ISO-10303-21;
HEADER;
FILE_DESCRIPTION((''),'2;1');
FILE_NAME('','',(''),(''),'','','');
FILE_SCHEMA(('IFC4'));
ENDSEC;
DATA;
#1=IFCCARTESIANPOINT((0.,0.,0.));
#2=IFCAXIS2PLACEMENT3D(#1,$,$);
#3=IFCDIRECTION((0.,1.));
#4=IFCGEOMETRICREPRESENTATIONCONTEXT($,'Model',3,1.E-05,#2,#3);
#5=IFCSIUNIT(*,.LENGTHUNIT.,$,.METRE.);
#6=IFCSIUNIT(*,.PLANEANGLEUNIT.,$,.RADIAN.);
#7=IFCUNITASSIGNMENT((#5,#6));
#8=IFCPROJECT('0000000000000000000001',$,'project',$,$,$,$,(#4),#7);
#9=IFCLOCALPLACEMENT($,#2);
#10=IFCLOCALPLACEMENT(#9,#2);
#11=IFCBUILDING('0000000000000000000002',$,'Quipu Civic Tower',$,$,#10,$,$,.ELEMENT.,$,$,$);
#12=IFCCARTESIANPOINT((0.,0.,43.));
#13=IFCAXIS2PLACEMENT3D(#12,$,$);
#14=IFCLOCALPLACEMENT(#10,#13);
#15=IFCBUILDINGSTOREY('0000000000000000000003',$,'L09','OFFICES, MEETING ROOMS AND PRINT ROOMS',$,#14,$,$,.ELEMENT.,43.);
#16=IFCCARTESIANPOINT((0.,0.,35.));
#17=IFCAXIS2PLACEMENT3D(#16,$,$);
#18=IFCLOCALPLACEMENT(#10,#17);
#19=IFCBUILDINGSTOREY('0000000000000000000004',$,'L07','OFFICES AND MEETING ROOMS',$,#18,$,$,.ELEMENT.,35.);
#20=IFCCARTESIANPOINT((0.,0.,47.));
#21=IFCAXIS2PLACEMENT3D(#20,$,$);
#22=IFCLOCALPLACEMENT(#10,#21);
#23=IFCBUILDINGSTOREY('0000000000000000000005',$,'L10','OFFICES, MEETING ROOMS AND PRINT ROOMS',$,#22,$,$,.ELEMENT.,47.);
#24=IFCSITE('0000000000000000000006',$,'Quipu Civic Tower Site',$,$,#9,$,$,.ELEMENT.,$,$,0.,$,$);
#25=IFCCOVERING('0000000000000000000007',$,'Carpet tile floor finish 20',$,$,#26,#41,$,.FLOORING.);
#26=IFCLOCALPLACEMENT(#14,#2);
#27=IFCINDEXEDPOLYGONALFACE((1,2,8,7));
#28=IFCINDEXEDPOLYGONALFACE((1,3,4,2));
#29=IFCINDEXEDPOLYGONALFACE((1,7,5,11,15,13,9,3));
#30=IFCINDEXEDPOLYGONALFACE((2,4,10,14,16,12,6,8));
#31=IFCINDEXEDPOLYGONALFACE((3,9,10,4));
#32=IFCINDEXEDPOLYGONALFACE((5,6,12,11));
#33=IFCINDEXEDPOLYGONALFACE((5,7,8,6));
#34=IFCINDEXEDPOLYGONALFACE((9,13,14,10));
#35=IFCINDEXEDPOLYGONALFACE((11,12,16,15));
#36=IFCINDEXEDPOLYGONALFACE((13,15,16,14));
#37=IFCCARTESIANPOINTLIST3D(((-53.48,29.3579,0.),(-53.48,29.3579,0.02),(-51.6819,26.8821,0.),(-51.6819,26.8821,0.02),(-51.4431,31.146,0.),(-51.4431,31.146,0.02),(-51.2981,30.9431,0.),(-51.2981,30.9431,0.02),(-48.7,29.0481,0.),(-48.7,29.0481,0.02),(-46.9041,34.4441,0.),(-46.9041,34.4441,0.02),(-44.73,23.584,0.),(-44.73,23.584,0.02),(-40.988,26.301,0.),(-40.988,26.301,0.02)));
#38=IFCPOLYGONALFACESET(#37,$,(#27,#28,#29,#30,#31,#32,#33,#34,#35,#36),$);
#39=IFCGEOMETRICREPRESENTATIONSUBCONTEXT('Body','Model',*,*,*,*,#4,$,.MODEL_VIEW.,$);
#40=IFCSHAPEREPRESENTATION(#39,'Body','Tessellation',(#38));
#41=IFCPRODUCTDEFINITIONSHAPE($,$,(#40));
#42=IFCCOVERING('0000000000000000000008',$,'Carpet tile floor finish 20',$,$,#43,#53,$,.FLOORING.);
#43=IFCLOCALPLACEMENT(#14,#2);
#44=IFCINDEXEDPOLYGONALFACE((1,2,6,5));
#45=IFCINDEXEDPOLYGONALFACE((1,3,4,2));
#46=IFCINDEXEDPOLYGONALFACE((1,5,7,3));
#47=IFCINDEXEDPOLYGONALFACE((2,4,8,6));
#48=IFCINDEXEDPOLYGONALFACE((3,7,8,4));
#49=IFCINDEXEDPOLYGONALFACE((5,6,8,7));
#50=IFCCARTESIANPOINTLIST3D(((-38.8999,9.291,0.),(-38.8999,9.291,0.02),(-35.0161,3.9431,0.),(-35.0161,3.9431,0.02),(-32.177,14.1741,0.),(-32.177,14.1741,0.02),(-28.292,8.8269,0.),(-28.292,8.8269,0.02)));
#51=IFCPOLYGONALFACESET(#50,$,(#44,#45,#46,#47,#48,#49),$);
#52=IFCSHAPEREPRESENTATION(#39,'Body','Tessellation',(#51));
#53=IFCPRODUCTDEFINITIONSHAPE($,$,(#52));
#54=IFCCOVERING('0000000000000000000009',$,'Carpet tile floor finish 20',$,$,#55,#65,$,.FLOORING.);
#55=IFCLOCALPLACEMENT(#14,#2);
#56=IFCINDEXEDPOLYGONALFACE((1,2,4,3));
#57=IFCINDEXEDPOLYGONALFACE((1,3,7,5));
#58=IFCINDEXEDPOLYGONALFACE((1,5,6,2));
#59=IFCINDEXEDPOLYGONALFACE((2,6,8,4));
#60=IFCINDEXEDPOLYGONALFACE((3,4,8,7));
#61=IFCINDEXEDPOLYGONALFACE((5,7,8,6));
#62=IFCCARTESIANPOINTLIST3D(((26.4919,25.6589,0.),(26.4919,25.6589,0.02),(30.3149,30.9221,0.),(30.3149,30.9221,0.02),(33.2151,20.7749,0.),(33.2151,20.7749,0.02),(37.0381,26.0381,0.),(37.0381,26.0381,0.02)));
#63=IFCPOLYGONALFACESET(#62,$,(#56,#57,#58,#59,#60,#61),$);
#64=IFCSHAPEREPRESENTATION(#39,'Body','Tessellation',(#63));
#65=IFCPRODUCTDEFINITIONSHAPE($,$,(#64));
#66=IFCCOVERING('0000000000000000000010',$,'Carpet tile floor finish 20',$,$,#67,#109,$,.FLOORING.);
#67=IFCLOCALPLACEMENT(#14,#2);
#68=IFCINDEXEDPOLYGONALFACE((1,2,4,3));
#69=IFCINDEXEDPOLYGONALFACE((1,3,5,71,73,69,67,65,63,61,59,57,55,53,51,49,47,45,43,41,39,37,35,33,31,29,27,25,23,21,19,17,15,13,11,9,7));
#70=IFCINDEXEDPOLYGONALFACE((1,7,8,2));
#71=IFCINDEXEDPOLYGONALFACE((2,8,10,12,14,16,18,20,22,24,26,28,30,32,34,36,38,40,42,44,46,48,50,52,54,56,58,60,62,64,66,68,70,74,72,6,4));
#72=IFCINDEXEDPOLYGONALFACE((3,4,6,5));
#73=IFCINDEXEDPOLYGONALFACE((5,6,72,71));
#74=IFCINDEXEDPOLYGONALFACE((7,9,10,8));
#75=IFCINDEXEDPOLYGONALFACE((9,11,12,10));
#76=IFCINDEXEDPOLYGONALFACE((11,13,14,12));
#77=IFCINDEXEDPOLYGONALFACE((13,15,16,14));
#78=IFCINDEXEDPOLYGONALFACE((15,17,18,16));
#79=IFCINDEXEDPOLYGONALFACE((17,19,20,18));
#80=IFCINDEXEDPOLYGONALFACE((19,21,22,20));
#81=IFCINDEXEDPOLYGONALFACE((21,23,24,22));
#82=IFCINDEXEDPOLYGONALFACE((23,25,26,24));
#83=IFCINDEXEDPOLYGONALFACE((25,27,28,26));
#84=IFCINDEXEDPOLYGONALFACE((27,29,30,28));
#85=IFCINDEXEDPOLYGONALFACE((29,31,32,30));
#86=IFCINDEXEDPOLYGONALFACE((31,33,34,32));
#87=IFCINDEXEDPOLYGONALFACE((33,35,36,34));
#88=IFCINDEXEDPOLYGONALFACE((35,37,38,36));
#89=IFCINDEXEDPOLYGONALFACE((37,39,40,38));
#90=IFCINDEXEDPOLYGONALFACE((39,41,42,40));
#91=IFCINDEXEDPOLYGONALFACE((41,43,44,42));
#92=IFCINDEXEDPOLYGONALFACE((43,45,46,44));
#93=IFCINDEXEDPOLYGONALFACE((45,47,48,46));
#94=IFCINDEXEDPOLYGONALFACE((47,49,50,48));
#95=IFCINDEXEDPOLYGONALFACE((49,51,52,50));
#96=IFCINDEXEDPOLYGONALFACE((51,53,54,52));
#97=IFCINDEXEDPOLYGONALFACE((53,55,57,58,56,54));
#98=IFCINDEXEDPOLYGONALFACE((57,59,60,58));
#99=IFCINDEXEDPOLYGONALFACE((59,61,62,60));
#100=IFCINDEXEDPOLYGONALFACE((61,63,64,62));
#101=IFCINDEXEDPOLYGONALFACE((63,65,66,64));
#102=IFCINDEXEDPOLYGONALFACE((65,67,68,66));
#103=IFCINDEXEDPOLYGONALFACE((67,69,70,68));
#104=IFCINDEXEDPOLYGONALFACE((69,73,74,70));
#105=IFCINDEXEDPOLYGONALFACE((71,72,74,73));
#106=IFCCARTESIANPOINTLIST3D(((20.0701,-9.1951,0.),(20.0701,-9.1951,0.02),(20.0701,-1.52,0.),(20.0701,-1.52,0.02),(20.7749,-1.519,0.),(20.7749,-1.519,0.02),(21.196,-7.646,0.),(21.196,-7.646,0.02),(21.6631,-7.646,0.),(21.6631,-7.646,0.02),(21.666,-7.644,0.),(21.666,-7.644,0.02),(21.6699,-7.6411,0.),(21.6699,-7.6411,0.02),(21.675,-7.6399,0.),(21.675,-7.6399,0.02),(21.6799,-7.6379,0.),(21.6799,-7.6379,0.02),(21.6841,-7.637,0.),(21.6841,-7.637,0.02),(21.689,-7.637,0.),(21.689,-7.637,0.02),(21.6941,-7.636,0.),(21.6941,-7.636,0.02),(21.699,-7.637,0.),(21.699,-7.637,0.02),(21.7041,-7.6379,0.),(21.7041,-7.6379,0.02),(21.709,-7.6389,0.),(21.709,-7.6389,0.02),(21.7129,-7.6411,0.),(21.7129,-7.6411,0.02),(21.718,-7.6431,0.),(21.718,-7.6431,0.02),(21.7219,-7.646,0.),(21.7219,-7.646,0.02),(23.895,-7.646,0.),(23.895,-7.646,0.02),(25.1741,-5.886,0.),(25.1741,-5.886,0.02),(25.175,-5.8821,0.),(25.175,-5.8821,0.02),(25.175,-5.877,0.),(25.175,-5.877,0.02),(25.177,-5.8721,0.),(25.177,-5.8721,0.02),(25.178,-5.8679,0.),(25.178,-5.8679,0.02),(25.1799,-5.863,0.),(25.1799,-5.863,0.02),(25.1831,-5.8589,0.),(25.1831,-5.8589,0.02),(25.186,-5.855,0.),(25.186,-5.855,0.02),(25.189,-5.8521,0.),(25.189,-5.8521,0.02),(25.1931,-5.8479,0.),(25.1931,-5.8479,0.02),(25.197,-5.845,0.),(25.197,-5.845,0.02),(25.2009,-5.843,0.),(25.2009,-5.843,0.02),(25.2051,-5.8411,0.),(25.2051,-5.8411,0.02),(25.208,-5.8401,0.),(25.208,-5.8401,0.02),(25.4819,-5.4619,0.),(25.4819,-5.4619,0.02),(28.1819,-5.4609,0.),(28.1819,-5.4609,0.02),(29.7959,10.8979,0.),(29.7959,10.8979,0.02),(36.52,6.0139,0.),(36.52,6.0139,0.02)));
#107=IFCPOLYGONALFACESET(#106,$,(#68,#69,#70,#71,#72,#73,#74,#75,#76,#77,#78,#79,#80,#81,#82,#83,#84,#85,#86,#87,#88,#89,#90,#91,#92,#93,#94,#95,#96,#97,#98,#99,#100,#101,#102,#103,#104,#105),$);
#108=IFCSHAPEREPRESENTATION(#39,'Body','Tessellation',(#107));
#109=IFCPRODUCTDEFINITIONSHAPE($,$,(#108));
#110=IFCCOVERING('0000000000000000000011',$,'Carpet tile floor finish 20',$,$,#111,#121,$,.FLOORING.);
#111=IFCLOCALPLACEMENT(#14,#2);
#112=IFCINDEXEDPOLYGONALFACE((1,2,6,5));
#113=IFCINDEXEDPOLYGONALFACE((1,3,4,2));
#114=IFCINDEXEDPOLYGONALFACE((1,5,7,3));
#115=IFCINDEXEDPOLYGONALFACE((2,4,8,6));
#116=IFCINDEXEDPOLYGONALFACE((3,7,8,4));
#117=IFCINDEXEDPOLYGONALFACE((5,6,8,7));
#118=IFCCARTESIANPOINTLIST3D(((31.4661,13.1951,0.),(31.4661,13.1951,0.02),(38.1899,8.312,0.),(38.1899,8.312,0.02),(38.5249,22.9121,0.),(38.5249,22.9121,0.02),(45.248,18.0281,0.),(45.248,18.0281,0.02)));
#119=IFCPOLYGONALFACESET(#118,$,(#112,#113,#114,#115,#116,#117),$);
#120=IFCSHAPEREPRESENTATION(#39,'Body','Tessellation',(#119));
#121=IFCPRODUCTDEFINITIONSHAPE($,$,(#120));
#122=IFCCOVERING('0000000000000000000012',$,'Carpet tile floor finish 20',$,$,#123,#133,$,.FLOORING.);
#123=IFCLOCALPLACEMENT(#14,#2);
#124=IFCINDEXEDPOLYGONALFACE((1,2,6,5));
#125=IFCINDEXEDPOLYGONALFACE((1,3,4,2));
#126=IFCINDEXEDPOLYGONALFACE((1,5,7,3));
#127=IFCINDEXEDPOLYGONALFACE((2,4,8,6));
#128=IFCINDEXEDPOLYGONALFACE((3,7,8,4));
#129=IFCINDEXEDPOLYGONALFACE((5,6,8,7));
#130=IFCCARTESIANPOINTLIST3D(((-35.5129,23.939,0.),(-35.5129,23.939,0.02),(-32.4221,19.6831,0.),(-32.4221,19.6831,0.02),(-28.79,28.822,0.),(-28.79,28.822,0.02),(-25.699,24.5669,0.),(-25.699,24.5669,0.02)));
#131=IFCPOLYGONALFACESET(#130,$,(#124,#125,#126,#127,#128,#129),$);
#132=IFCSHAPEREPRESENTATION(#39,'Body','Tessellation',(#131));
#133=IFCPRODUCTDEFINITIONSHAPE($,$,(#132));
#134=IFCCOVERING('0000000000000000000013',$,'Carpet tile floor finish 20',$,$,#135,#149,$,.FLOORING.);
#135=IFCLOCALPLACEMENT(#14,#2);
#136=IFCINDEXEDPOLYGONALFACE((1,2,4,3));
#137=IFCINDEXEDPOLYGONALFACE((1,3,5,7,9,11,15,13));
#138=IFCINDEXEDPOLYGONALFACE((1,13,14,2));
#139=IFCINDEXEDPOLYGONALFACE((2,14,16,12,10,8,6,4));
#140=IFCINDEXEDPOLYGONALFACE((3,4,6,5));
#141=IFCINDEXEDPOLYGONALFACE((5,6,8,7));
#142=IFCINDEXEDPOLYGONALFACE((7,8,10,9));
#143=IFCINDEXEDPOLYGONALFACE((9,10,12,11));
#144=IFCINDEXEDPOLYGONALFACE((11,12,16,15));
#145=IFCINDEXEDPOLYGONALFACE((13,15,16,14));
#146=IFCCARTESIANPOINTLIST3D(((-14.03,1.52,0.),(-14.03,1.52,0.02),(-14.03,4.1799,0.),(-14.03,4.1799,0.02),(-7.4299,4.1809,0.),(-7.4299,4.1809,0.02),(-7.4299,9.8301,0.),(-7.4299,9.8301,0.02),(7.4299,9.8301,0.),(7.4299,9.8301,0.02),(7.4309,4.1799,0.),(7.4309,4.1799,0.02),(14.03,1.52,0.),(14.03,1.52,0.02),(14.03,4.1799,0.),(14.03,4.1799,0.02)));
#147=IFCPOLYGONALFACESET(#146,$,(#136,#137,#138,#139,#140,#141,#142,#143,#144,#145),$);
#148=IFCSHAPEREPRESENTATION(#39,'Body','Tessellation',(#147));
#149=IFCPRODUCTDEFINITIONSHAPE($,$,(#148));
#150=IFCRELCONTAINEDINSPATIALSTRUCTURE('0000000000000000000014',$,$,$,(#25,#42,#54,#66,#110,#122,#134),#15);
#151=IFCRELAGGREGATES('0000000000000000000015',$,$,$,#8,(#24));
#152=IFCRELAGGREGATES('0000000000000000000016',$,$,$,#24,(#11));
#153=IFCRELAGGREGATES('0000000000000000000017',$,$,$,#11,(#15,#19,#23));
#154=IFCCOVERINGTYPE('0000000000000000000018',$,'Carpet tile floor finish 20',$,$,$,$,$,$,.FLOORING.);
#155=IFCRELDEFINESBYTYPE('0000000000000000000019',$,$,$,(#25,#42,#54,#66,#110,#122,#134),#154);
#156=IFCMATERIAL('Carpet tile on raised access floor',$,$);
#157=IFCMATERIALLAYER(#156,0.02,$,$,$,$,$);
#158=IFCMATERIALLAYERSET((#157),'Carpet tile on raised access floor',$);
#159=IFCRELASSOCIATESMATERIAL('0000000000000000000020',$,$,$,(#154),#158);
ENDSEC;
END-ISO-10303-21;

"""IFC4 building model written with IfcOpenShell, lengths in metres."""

from ifc_helpers import new_model, si_unit, direction, frame, origin, place, context, subcontext, project, spatial, polyline, outline, extrude, material, layer, layer_set, type_object, element, save


model = new_model("IFC4")

# Units and contexts
model_context = context("Model", 3, precision=1e-05, world=origin(), true_north=direction((0.0, 1.0)))
body_context = subcontext(model_context, "Body", "Model", "MODEL_VIEW")
ifc_project = project(units=[si_unit("LENGTHUNIT", "METRE"), si_unit("PLANEANGLEUNIT", "RADIAN")], contexts=[model_context])

# Site, building, storey
site_placement = place(None, origin())
site = spatial("IfcSite", under=ifc_project, at=site_placement, Name="Quipu Civic Tower Site", CompositionType="ELEMENT", RefElevation=0.0)
building_placement = place(site_placement, origin())
building = spatial("IfcBuilding", under=site, at=building_placement, Name="Quipu Civic Tower", CompositionType="ELEMENT")
storey_1_placement = place(building_placement, frame((0.0, 0.0, 43.0)))
storey_1 = spatial("IfcBuildingStorey", under=building, at=storey_1_placement, Name="L09", Description="OFFICES, MEETING ROOMS AND PRINT ROOMS", CompositionType="ELEMENT", Elevation=43.0)

# Shared definitions
storey_2_placement = place(building_placement, frame((0.0, 0.0, 35.0)))
storey_2 = spatial("IfcBuildingStorey", under=building, at=storey_2_placement, Name="L07", Description="OFFICES AND MEETING ROOMS", CompositionType="ELEMENT", Elevation=35.0)

# Shared definitions
storey_3_placement = place(building_placement, frame((0.0, 0.0, 47.0)))
storey_3 = spatial("IfcBuildingStorey", under=building, at=storey_3_placement, Name="L10", Description="OFFICES, MEETING ROOMS AND PRINT ROOMS", CompositionType="ELEMENT", Elevation=47.0)

# Coverings
ifc_material_1 = material(Name="Carpet tile on raised access floor")
ifc_layer_1 = layer(ifc_material_1, 0.02)
ifc_layer_set_1 = layer_set([ifc_layer_1], Name="Carpet tile on raised access floor")
covering_type_1 = type_object("IfcCoveringType", Name="Carpet tile floor finish 20", PredefinedType="FLOORING", material=ifc_layer_set_1)
covering_1_placement = place(storey_1_placement, origin())
element("IfcCovering", 1, at=covering_1_placement, inside=storey_1, type_object=covering_type_1, Name="Carpet tile floor finish 20", PredefinedType="FLOORING", context=body_context, shape_type="SweptSolid", body=[
    extrude(outline(polyline([(-53.48, 29.3579), (-51.2981, 30.9431), (-51.4431, 31.146), (-46.9041, 34.4441), (-40.988, 26.301), (-44.73, 23.584), (-48.7, 29.0481), (-51.6819, 26.8821), (-53.48, 29.3579)])), origin(), (0.0, 0.0, 1.0), 0.02),
])
covering_2_placement = place(storey_1_placement, origin())
element("IfcCovering", 2, at=covering_2_placement, inside=storey_1, type_object=covering_type_1, Name="Carpet tile floor finish 20", PredefinedType="FLOORING", context=body_context, shape_type="SweptSolid", body=[
    extrude(outline(polyline([(-38.8999, 9.291), (-32.177, 14.1741), (-28.292, 8.8269), (-35.0161, 3.9431), (-38.8999, 9.291)])), origin(), (0.0, 0.0, 1.0), 0.02),
])
covering_3_placement = place(storey_1_placement, origin())
element("IfcCovering", 3, at=covering_3_placement, inside=storey_1, type_object=covering_type_1, Name="Carpet tile floor finish 20", PredefinedType="FLOORING", context=body_context, shape_type="SweptSolid", body=[
    extrude(outline(polyline([(26.4919, 25.6589), (30.3149, 30.9221), (37.0381, 26.0381), (33.2151, 20.7749), (26.4919, 25.6589)])), origin(), (0.0, 0.0, 1.0), 0.02),
])
covering_4_placement = place(storey_1_placement, origin())
element("IfcCovering", 4, at=covering_4_placement, inside=storey_1, type_object=covering_type_1, Name="Carpet tile floor finish 20", PredefinedType="FLOORING", context=body_context, shape_type="SweptSolid", body=[
    extrude(outline(polyline([(20.0701, -9.1951), (20.0701, -1.52), (20.7749, -1.519), (29.7959, 10.8979), (36.52, 6.0139), (28.1819, -5.4609), (25.4819, -5.4619), (25.208, -5.8401), (25.2051, -5.8411), (25.2009, -5.843), (25.197, -5.845), (25.1931, -5.8479), (25.189, -5.8521), (25.186, -5.855), (25.1831, -5.8589), (25.1799, -5.863), (25.178, -5.8679), (25.177, -5.8721), (25.175, -5.877), (25.175, -5.8821), (25.1741, -5.886), (23.895, -7.646), (21.7219, -7.646), (21.7219, -7.646), (21.718, -7.6431), (21.7129, -7.6411), (21.709, -7.6389), (21.7041, -7.6379), (21.699, -7.637), (21.6941, -7.636), (21.689, -7.637), (21.6841, -7.637), (21.6799, -7.6379), (21.675, -7.6399), (21.6699, -7.6411), (21.666, -7.644), (21.6631, -7.646), (21.196, -7.646), (20.0701, -9.1951)])), origin(), (0.0, 0.0, 1.0), 0.02),
])
covering_5_placement = place(storey_1_placement, origin())
element("IfcCovering", 5, at=covering_5_placement, inside=storey_1, type_object=covering_type_1, Name="Carpet tile floor finish 20", PredefinedType="FLOORING", context=body_context, shape_type="SweptSolid", body=[
    extrude(outline(polyline([(31.4661, 13.1951), (38.5249, 22.9121), (45.248, 18.0281), (38.1899, 8.312), (31.4661, 13.1951)])), origin(), (0.0, 0.0, 1.0), 0.02),
])
covering_6_placement = place(storey_1_placement, origin())
element("IfcCovering", 6, at=covering_6_placement, inside=storey_1, type_object=covering_type_1, Name="Carpet tile floor finish 20", PredefinedType="FLOORING", context=body_context, shape_type="SweptSolid", body=[
    extrude(outline(polyline([(-35.5129, 23.939), (-28.79, 28.822), (-25.699, 24.5669), (-32.4221, 19.6831), (-35.5129, 23.939)])), origin(), (0.0, 0.0, 1.0), 0.02),
])
covering_7_placement = place(storey_1_placement, origin())
element("IfcCovering", 7, at=covering_7_placement, inside=storey_1, type_object=covering_type_1, Name="Carpet tile floor finish 20", PredefinedType="FLOORING", context=body_context, shape_type="SweptSolid", body=[
    extrude(outline(polyline([(-14.03, 1.52), (-14.03, 4.1799), (-7.4299, 4.1809), (-7.4299, 9.8301), (7.4299, 9.8301), (7.4309, 4.1799), (14.03, 4.1799), (14.03, 1.52), (-14.03, 1.52)])), origin(), (0.0, 0.0, 1.0), 0.02),
])

save(model, "model.ifc")
